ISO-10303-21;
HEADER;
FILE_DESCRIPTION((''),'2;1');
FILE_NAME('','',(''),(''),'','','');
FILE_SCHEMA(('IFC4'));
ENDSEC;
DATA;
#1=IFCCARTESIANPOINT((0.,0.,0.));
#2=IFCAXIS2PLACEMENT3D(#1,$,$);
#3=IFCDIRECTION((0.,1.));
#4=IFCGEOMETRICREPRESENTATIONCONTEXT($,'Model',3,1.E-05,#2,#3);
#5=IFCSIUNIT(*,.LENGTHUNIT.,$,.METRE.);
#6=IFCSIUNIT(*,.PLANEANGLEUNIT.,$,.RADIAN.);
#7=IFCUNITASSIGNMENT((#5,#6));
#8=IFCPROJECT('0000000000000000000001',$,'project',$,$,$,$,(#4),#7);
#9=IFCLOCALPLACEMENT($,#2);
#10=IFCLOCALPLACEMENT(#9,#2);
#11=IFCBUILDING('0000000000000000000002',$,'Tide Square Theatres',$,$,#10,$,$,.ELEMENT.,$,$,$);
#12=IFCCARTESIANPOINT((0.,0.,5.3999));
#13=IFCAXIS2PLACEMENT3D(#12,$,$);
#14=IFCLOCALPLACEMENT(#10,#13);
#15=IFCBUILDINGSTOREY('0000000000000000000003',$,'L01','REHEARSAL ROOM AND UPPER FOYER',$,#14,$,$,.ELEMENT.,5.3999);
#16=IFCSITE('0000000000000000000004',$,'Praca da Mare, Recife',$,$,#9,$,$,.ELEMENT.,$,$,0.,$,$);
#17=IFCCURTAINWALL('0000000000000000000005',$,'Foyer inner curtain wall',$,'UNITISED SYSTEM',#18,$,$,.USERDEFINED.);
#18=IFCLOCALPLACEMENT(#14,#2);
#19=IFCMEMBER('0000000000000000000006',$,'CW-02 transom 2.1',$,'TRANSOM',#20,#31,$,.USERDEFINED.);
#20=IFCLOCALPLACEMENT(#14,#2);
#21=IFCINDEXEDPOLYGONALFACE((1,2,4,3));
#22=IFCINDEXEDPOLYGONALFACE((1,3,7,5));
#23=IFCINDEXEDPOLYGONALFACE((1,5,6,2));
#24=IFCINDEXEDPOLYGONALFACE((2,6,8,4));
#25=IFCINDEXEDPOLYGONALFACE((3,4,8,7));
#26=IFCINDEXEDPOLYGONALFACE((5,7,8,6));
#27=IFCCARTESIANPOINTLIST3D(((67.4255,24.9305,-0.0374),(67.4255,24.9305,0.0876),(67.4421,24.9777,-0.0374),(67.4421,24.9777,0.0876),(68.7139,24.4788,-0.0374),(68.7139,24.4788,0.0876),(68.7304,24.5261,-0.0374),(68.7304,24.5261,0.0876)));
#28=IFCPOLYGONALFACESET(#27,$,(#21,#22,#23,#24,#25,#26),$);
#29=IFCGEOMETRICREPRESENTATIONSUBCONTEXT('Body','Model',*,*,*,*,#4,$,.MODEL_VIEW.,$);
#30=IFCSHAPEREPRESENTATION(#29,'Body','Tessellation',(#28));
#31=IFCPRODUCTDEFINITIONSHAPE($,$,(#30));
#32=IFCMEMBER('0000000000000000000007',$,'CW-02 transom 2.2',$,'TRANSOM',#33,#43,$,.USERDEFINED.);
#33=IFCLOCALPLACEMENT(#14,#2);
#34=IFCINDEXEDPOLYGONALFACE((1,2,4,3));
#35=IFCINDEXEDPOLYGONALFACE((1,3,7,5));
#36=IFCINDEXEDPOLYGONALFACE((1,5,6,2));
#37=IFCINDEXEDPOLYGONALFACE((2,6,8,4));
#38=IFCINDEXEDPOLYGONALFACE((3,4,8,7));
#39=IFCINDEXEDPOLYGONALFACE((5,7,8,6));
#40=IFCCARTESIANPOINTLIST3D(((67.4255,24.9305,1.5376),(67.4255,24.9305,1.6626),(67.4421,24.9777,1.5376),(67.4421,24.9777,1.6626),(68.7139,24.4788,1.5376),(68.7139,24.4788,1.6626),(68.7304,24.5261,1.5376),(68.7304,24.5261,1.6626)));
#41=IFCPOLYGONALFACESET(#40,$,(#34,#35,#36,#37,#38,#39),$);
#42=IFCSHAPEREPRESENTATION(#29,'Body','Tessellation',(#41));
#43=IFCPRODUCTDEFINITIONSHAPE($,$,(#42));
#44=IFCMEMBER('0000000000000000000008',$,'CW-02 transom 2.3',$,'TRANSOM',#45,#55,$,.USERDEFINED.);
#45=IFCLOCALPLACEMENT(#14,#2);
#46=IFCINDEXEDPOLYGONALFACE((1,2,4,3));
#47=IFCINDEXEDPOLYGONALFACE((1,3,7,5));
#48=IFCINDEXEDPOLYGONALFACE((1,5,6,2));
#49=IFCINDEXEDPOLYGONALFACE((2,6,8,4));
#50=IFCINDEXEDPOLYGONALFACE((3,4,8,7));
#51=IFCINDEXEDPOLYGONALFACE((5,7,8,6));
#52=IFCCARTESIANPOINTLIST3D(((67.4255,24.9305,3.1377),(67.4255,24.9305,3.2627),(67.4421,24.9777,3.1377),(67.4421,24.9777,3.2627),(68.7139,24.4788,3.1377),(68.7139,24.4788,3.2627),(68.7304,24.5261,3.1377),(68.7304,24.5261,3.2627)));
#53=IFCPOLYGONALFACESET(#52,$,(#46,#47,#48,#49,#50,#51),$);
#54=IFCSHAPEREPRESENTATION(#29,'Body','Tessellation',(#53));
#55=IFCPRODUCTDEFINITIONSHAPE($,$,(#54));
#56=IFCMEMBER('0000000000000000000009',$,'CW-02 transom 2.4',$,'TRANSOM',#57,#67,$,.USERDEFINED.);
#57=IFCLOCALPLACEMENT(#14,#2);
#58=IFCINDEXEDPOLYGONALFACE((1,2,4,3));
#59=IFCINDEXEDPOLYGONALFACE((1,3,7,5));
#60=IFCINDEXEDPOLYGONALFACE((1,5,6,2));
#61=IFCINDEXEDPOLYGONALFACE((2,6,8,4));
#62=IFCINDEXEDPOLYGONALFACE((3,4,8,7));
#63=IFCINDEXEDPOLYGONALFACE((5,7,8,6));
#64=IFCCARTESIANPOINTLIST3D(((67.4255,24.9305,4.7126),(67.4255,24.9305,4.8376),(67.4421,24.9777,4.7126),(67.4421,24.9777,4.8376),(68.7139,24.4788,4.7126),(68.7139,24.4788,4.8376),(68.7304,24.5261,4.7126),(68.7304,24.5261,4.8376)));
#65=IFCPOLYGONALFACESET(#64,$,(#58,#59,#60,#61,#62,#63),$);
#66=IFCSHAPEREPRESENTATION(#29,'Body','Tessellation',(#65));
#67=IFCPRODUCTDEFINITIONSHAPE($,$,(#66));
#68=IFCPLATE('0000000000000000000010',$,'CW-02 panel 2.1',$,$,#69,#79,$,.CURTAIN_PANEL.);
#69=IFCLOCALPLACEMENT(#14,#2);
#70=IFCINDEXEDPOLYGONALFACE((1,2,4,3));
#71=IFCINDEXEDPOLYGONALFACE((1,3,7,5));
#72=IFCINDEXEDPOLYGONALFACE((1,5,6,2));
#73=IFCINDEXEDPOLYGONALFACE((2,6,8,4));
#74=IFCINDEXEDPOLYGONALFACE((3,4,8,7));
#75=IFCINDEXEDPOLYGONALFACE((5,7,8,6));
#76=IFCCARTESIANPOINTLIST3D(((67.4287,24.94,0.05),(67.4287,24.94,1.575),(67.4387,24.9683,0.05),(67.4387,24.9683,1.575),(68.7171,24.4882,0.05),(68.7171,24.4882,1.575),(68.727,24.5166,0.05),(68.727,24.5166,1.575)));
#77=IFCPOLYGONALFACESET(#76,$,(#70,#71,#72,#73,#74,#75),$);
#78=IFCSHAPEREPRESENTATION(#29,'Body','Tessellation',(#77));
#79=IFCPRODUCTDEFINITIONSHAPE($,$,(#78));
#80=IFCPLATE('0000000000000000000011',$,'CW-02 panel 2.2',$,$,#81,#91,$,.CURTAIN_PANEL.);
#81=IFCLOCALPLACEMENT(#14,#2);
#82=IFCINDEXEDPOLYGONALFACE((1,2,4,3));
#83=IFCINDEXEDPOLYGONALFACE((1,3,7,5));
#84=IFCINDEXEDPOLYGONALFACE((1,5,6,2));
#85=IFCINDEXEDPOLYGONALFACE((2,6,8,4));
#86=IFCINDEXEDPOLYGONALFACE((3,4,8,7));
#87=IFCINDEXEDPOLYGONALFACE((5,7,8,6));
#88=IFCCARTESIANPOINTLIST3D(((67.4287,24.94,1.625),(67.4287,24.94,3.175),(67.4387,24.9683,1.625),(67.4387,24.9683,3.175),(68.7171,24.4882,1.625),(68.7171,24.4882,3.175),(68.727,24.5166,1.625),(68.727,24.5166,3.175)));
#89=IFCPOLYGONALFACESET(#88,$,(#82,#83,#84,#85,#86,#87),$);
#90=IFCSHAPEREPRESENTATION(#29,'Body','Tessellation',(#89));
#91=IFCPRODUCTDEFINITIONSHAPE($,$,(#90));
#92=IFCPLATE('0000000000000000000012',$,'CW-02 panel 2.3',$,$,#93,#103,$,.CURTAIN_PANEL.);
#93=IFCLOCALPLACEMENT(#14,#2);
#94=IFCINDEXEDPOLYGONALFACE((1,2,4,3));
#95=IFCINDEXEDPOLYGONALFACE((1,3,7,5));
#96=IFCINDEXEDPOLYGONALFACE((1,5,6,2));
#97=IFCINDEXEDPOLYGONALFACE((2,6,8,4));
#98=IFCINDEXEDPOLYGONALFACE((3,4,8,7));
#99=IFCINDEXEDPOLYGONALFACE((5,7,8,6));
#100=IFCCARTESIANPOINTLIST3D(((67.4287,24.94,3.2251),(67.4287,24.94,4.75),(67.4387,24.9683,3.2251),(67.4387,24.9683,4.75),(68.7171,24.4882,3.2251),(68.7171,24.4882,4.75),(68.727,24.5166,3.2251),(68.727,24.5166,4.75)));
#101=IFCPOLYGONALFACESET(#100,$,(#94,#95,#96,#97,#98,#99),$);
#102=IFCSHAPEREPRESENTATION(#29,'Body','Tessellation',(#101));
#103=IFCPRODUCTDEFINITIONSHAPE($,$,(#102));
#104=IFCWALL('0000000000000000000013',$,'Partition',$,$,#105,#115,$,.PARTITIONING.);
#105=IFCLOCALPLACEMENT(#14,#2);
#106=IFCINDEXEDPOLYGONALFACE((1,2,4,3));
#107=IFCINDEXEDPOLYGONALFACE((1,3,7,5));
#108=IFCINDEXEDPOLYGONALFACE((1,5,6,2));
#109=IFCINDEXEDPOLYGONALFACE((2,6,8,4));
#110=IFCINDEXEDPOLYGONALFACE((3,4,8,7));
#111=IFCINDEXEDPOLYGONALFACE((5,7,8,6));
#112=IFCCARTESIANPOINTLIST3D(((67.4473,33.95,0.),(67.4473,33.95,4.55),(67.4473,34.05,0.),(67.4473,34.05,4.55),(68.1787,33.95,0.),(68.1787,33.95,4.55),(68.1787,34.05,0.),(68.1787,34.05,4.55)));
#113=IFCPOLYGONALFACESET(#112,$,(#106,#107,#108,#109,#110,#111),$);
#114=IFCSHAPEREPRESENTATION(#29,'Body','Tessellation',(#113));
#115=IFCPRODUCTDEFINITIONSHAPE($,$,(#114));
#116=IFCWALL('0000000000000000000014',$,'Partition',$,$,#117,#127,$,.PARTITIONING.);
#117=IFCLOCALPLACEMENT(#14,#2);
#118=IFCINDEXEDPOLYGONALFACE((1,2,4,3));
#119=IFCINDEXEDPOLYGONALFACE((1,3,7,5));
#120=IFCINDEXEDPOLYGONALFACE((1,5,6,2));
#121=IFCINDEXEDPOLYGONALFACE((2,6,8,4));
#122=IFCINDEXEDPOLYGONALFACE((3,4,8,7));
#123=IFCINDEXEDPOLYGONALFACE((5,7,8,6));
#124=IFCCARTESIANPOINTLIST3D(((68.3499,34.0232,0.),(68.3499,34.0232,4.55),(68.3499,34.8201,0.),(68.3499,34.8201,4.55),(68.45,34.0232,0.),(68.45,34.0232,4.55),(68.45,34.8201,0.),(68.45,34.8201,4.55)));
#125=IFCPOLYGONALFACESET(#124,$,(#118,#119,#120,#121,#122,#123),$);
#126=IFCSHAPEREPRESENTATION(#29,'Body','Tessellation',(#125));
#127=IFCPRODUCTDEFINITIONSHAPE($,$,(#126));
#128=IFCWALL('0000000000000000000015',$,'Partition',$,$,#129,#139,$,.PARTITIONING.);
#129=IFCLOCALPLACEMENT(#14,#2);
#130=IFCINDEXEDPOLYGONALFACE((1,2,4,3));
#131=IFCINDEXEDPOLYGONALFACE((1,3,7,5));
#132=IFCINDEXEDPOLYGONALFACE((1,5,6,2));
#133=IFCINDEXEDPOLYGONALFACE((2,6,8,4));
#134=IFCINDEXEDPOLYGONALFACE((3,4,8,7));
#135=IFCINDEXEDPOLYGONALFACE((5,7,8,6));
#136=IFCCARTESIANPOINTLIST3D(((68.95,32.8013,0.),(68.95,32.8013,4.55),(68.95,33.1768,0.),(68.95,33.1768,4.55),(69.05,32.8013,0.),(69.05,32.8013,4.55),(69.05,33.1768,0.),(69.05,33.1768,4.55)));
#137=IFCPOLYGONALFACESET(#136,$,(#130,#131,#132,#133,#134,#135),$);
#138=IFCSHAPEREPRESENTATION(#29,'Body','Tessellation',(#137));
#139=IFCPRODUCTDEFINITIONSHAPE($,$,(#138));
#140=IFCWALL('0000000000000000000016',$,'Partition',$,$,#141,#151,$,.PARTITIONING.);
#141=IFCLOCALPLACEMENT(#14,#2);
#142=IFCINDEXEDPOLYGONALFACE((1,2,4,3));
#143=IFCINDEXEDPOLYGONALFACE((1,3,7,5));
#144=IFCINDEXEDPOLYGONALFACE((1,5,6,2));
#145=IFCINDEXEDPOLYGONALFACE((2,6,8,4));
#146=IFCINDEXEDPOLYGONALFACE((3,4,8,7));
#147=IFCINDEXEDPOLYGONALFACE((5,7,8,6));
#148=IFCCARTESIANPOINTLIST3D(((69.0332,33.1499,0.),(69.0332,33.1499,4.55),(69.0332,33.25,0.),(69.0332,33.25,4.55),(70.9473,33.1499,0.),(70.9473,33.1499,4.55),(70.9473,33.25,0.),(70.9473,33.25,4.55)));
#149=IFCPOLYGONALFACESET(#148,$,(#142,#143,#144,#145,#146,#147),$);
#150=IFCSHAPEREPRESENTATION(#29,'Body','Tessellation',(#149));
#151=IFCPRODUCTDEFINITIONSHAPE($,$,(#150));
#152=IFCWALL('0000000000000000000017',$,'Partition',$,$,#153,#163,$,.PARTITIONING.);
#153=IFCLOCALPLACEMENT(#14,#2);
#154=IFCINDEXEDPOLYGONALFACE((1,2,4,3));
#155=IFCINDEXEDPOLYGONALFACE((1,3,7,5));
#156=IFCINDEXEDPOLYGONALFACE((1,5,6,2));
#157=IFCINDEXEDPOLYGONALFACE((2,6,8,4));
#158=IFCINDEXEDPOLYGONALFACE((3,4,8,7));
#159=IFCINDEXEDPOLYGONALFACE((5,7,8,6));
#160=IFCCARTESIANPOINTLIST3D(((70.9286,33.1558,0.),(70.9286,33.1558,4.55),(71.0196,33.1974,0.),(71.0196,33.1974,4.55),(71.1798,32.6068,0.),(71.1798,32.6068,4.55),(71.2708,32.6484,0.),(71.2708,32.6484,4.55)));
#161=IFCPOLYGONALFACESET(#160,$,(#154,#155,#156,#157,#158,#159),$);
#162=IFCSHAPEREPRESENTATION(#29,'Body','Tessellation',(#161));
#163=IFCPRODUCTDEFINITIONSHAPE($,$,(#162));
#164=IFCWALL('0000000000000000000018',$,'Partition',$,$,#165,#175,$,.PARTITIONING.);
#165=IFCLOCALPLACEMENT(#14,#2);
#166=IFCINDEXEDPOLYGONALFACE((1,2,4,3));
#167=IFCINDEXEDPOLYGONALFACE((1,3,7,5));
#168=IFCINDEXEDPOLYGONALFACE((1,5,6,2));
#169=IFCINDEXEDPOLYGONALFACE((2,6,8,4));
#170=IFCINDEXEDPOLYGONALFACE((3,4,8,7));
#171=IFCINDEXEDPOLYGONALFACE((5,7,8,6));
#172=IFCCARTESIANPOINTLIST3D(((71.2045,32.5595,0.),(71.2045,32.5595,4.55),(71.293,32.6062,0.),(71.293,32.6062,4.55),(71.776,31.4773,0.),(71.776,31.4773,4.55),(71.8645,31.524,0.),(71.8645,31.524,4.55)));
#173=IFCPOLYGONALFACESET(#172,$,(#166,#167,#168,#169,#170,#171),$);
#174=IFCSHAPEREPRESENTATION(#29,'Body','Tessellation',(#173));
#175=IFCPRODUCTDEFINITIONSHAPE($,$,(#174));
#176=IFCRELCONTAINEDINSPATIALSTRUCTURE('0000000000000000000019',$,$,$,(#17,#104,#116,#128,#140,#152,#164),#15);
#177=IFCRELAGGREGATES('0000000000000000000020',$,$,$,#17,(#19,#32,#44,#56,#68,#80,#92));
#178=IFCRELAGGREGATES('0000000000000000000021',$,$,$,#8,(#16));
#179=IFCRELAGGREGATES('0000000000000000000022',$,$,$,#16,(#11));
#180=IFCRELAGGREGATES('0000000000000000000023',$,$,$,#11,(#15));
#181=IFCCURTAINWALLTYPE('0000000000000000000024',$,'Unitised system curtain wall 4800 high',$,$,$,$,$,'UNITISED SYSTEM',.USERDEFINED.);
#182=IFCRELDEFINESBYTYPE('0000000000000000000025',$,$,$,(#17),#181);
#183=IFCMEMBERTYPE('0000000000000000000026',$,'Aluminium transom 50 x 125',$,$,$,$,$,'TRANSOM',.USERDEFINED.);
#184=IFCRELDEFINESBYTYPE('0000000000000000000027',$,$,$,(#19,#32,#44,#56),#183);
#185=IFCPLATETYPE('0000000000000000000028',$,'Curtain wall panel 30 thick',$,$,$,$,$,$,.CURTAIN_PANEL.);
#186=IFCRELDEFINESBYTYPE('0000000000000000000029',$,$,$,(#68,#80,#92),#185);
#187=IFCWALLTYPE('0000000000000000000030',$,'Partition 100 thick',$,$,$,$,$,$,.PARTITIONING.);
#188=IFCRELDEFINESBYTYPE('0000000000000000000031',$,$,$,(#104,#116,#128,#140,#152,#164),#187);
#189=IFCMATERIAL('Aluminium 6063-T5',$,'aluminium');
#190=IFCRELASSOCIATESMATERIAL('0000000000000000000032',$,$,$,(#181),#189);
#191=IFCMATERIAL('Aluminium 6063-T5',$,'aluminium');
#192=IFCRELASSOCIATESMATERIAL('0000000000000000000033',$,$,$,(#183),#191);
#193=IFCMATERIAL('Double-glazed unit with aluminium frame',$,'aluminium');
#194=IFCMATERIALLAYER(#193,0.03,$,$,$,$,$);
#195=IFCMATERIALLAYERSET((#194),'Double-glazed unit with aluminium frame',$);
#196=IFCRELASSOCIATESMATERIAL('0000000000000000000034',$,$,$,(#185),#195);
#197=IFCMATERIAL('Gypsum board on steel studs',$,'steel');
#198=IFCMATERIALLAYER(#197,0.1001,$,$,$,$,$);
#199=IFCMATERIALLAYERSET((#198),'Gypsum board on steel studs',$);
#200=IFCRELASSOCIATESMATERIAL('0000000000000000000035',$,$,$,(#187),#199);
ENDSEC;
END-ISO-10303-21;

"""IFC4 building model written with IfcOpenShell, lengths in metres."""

from ifc_helpers import new_model, si_unit, direction, frame, frame_2d, origin, origin_2d, place, context, subcontext, project, spatial, rectangle, extrude, material, layer, layer_set, material_profile, profile_set, type_object, element, aggregate, save


model = new_model("IFC4")

# Units and contexts
model_context = context("Model", 3, precision=1e-05, world=origin(), true_north=direction((0.0, 1.0)))
body_context = subcontext(model_context, "Body", "Model", "MODEL_VIEW")
ifc_project = project(units=[si_unit("LENGTHUNIT", "METRE"), si_unit("PLANEANGLEUNIT", "RADIAN")], contexts=[model_context])

# Site, building, storey
site_placement = place(None, origin())
site = spatial("IfcSite", under=ifc_project, at=site_placement, Name="Praca da Mare, Recife", CompositionType="ELEMENT", RefElevation=0.0)
building_placement = place(site_placement, origin())
building = spatial("IfcBuilding", under=site, at=building_placement, Name="Tide Square Theatres", CompositionType="ELEMENT")
storey_placement = place(building_placement, frame((0.0, 0.0, 5.3999)))
storey = spatial("IfcBuildingStorey", under=building, at=storey_placement, Name="L01", Description="REHEARSAL ROOM AND UPPER FOYER", CompositionType="ELEMENT", Elevation=5.3999)

# Curtain wall, members, plates
ifc_material_1 = material(Name="Aluminium 6063-T5", Category="aluminium")
curtain_wall_type = type_object("IfcCurtainWallType", Name="Unitised system curtain wall 4800 high", ElementType="UNITISED SYSTEM", PredefinedType="USERDEFINED", material=ifc_material_1)
curtain_wall_placement = place(storey_placement, origin())
curtain_wall = element("IfcCurtainWall", 1, at=curtain_wall_placement, inside=storey, type_object=curtain_wall_type, Name="Foyer inner curtain wall", ObjectType="UNITISED SYSTEM", PredefinedType="USERDEFINED")
ifc_material_2 = material(Name="Aluminium 6063-T5", Category="aluminium")
ifc_material_profile = material_profile(ifc_material_2, rectangle(XDim=0.05, YDim=0.125, at=origin_2d()))
ifc_profile_set = profile_set([ifc_material_profile], Name="Aluminium 6063-T5")
member_type = type_object("IfcMemberType", Name="Aluminium transom 50 x 125", ElementType="TRANSOM", PredefinedType="USERDEFINED", material=ifc_profile_set)
member_1_placement = place(storey_placement, frame((68.7222, 24.5024, 0.0251), z_axis=(-0.943688, 0.330836, 0.0), x_axis=(-0.330836, -0.943688, 0.0)))
member_1 = element("IfcMember", 2, at=member_1_placement, type_object=member_type, Name="CW-02 transom 2.1", ObjectType="TRANSOM", PredefinedType="USERDEFINED", context=body_context, shape_type="SweptSolid", body=[
    extrude(rectangle(XDim=0.05, YDim=0.125, at=origin_2d()), origin(), (0.0, 0.0, 1.0), 1.3652),
])
member_2_placement = place(storey_placement, frame((68.7222, 24.5024, 1.6001), z_axis=(-0.943688, 0.330836, 0.0), x_axis=(-0.330836, -0.943688, 0.0)))
member_2 = element("IfcMember", 3, at=member_2_placement, type_object=member_type, Name="CW-02 transom 2.2", ObjectType="TRANSOM", PredefinedType="USERDEFINED", context=body_context, shape_type="SweptSolid", body=[
    extrude(rectangle(XDim=0.05, YDim=0.125, at=origin_2d()), origin(), (0.0, 0.0, 1.0), 1.3652),
])
member_3_placement = place(storey_placement, frame((68.7222, 24.5024, 3.2002), z_axis=(-0.943688, 0.330836, 0.0), x_axis=(-0.330836, -0.943688, 0.0)))
member_3 = element("IfcMember", 4, at=member_3_placement, type_object=member_type, Name="CW-02 transom 2.3", ObjectType="TRANSOM", PredefinedType="USERDEFINED", context=body_context, shape_type="SweptSolid", body=[
    extrude(rectangle(XDim=0.05, YDim=0.125, at=origin_2d()), origin(), (0.0, 0.0, 1.0), 1.3652),
])
member_4_placement = place(storey_placement, frame((68.7222, 24.5024, 4.7751), z_axis=(-0.943688, 0.330836, 0.0), x_axis=(-0.330836, -0.943688, 0.0)))
member_4 = element("IfcMember", 5, at=member_4_placement, type_object=member_type, Name="CW-02 transom 2.4", ObjectType="TRANSOM", PredefinedType="USERDEFINED", context=body_context, shape_type="SweptSolid", body=[
    extrude(rectangle(XDim=0.05, YDim=0.125, at=origin_2d()), origin(), (0.0, 0.0, 1.0), 1.3652),
])
ifc_material_3 = material(Name="Double-glazed unit with aluminium frame", Category="aluminium")
ifc_layer_1 = layer(ifc_material_3, 0.03)
ifc_layer_set_1 = layer_set([ifc_layer_1], Name="Double-glazed unit with aluminium frame")
plate_type = type_object("IfcPlateType", Name="Curtain wall panel 30 thick", PredefinedType="CURTAIN_PANEL", material=ifc_layer_set_1)
plate_1_placement = place(storey_placement, frame((68.0779, 24.7283, 0.05), z_axis=(0.0, 0.0, 1.0), x_axis=(-0.943674, 0.330876, 0.0)))
plate_1 = element("IfcPlate", 6, at=plate_1_placement, type_object=plate_type, Name="CW-02 panel 2.1", PredefinedType="CURTAIN_PANEL", context=body_context, shape_type="SweptSolid", body=[
    extrude(rectangle(XDim=1.3652, YDim=0.03, at=origin_2d()), origin(), (0.0, 0.0, 1.0), 1.5249),
])
plate_2_placement = place(storey_placement, frame((68.0779, 24.7283, 1.625), z_axis=(0.0, 0.0, 1.0), x_axis=(-0.943674, 0.330876, 0.0)))
plate_2 = element("IfcPlate", 7, at=plate_2_placement, type_object=plate_type, Name="CW-02 panel 2.2", PredefinedType="CURTAIN_PANEL", context=body_context, shape_type="SweptSolid", body=[
    extrude(rectangle(XDim=1.3652, YDim=0.03, at=origin_2d()), origin(), (0.0, 0.0, 1.0), 1.55),
])
plate_3_placement = place(storey_placement, frame((68.0779, 24.7283, 3.2251), z_axis=(0.0, 0.0, 1.0), x_axis=(-0.943674, 0.330876, 0.0)))
plate_3 = element("IfcPlate", 8, at=plate_3_placement, type_object=plate_type, Name="CW-02 panel 2.3", PredefinedType="CURTAIN_PANEL", context=body_context, shape_type="SweptSolid", body=[
    extrude(rectangle(XDim=1.3652, YDim=0.03, at=origin_2d()), origin(), (0.0, 0.0, 1.0), 1.5249),
])
aggregate(curtain_wall, [member_1, member_2, member_3, member_4, plate_1, plate_2, plate_3])

# Walls
ifc_material_4 = material(Name="Gypsum board on steel studs", Category="steel")
ifc_layer_2 = layer(ifc_material_4, 0.1001)
ifc_layer_set_2 = layer_set([ifc_layer_2], Name="Gypsum board on steel studs")
wall_type_1 = type_object("IfcWallType", Name="Partition 100 thick", PredefinedType="PARTITIONING", material=ifc_layer_set_2)
wall_1_placement = place(storey_placement, frame((68.1787, 34.0, 0.0), z_axis=(0.0, 0.0, 1.0), x_axis=(-1.0, 0.0, 0.0)))
element("IfcWall", 9, at=wall_1_placement, inside=storey, type_object=wall_type_1, Name="Partition", PredefinedType="PARTITIONING", context=body_context, shape_type="SweptSolid", body=[
    extrude(rectangle(XDim=0.7314, YDim=0.1001, at=frame_2d((0.3657, 0.0))), origin(), (0.0, 0.0, 1.0), 4.55),
])
wall_2_placement = place(storey_placement, frame((68.3999, 34.8201, 0.0), z_axis=(0.0, 0.0, 1.0), x_axis=(0.0, -1.0, 0.0)))
element("IfcWall", 10, at=wall_2_placement, inside=storey, type_object=wall_type_1, Name="Partition", PredefinedType="PARTITIONING", context=body_context, shape_type="SweptSolid", body=[
    extrude(rectangle(XDim=0.7969, YDim=0.1001, at=frame_2d((0.3984, 0.0))), origin(), (0.0, 0.0, 1.0), 4.55),
])
wall_3_placement = place(storey_placement, frame((69.0, 32.8013, 0.0), z_axis=(0.0, 0.0, 1.0), x_axis=(0.0, 1.0, 0.0)))
element("IfcWall", 11, at=wall_3_placement, inside=storey, type_object=wall_type_1, Name="Partition", PredefinedType="PARTITIONING", context=body_context, shape_type="SweptSolid", body=[
    extrude(rectangle(XDim=0.3755, YDim=0.1001, at=frame_2d((0.1877, 0.0))), origin(), (0.0, 0.0, 1.0), 4.55),
])
wall_4_placement = place(storey_placement, frame((69.0332, 33.2, 0.0), z_axis=(0.0, 0.0, 1.0), x_axis=(1.0, 0.0, 0.0)))
element("IfcWall", 12, at=wall_4_placement, inside=storey, type_object=wall_type_1, Name="Partition", PredefinedType="PARTITIONING", context=body_context, shape_type="SweptSolid", body=[
    extrude(rectangle(XDim=1.9141, YDim=0.1001, at=frame_2d((0.957, 0.0))), origin(), (0.0, 0.0, 1.0), 4.55),
])
wall_5_placement = place(storey_placement, frame((70.9741, 33.1765, 0.0), z_axis=(0.0, 0.0, 1.0), x_axis=(0.416056, -0.909339, 0.0)))
element("IfcWall", 13, at=wall_5_placement, inside=storey, type_object=wall_type_1, Name="Partition", PredefinedType="PARTITIONING", context=body_context, shape_type="SweptSolid", body=[
    extrude(rectangle(XDim=0.6038, YDim=0.1001, at=frame_2d((0.3018, 0.0))), origin(), (0.0, 0.0, 1.0), 4.55),
])
wall_6_placement = place(storey_placement, frame((71.2488, 32.5828, 0.0), z_axis=(0.0, 0.0, 1.0), x_axis=(0.466971, -0.884273, 0.0)))
element("IfcWall", 14, at=wall_6_placement, inside=storey, type_object=wall_type_1, Name="Partition", PredefinedType="PARTITIONING", context=body_context, shape_type="SweptSolid", body=[
    extrude(rectangle(XDim=1.2239, YDim=0.1001, at=frame_2d((0.6118, 0.0))), origin(), (0.0, 0.0, 1.0), 4.55),
])

save(model, "model.ifc")
